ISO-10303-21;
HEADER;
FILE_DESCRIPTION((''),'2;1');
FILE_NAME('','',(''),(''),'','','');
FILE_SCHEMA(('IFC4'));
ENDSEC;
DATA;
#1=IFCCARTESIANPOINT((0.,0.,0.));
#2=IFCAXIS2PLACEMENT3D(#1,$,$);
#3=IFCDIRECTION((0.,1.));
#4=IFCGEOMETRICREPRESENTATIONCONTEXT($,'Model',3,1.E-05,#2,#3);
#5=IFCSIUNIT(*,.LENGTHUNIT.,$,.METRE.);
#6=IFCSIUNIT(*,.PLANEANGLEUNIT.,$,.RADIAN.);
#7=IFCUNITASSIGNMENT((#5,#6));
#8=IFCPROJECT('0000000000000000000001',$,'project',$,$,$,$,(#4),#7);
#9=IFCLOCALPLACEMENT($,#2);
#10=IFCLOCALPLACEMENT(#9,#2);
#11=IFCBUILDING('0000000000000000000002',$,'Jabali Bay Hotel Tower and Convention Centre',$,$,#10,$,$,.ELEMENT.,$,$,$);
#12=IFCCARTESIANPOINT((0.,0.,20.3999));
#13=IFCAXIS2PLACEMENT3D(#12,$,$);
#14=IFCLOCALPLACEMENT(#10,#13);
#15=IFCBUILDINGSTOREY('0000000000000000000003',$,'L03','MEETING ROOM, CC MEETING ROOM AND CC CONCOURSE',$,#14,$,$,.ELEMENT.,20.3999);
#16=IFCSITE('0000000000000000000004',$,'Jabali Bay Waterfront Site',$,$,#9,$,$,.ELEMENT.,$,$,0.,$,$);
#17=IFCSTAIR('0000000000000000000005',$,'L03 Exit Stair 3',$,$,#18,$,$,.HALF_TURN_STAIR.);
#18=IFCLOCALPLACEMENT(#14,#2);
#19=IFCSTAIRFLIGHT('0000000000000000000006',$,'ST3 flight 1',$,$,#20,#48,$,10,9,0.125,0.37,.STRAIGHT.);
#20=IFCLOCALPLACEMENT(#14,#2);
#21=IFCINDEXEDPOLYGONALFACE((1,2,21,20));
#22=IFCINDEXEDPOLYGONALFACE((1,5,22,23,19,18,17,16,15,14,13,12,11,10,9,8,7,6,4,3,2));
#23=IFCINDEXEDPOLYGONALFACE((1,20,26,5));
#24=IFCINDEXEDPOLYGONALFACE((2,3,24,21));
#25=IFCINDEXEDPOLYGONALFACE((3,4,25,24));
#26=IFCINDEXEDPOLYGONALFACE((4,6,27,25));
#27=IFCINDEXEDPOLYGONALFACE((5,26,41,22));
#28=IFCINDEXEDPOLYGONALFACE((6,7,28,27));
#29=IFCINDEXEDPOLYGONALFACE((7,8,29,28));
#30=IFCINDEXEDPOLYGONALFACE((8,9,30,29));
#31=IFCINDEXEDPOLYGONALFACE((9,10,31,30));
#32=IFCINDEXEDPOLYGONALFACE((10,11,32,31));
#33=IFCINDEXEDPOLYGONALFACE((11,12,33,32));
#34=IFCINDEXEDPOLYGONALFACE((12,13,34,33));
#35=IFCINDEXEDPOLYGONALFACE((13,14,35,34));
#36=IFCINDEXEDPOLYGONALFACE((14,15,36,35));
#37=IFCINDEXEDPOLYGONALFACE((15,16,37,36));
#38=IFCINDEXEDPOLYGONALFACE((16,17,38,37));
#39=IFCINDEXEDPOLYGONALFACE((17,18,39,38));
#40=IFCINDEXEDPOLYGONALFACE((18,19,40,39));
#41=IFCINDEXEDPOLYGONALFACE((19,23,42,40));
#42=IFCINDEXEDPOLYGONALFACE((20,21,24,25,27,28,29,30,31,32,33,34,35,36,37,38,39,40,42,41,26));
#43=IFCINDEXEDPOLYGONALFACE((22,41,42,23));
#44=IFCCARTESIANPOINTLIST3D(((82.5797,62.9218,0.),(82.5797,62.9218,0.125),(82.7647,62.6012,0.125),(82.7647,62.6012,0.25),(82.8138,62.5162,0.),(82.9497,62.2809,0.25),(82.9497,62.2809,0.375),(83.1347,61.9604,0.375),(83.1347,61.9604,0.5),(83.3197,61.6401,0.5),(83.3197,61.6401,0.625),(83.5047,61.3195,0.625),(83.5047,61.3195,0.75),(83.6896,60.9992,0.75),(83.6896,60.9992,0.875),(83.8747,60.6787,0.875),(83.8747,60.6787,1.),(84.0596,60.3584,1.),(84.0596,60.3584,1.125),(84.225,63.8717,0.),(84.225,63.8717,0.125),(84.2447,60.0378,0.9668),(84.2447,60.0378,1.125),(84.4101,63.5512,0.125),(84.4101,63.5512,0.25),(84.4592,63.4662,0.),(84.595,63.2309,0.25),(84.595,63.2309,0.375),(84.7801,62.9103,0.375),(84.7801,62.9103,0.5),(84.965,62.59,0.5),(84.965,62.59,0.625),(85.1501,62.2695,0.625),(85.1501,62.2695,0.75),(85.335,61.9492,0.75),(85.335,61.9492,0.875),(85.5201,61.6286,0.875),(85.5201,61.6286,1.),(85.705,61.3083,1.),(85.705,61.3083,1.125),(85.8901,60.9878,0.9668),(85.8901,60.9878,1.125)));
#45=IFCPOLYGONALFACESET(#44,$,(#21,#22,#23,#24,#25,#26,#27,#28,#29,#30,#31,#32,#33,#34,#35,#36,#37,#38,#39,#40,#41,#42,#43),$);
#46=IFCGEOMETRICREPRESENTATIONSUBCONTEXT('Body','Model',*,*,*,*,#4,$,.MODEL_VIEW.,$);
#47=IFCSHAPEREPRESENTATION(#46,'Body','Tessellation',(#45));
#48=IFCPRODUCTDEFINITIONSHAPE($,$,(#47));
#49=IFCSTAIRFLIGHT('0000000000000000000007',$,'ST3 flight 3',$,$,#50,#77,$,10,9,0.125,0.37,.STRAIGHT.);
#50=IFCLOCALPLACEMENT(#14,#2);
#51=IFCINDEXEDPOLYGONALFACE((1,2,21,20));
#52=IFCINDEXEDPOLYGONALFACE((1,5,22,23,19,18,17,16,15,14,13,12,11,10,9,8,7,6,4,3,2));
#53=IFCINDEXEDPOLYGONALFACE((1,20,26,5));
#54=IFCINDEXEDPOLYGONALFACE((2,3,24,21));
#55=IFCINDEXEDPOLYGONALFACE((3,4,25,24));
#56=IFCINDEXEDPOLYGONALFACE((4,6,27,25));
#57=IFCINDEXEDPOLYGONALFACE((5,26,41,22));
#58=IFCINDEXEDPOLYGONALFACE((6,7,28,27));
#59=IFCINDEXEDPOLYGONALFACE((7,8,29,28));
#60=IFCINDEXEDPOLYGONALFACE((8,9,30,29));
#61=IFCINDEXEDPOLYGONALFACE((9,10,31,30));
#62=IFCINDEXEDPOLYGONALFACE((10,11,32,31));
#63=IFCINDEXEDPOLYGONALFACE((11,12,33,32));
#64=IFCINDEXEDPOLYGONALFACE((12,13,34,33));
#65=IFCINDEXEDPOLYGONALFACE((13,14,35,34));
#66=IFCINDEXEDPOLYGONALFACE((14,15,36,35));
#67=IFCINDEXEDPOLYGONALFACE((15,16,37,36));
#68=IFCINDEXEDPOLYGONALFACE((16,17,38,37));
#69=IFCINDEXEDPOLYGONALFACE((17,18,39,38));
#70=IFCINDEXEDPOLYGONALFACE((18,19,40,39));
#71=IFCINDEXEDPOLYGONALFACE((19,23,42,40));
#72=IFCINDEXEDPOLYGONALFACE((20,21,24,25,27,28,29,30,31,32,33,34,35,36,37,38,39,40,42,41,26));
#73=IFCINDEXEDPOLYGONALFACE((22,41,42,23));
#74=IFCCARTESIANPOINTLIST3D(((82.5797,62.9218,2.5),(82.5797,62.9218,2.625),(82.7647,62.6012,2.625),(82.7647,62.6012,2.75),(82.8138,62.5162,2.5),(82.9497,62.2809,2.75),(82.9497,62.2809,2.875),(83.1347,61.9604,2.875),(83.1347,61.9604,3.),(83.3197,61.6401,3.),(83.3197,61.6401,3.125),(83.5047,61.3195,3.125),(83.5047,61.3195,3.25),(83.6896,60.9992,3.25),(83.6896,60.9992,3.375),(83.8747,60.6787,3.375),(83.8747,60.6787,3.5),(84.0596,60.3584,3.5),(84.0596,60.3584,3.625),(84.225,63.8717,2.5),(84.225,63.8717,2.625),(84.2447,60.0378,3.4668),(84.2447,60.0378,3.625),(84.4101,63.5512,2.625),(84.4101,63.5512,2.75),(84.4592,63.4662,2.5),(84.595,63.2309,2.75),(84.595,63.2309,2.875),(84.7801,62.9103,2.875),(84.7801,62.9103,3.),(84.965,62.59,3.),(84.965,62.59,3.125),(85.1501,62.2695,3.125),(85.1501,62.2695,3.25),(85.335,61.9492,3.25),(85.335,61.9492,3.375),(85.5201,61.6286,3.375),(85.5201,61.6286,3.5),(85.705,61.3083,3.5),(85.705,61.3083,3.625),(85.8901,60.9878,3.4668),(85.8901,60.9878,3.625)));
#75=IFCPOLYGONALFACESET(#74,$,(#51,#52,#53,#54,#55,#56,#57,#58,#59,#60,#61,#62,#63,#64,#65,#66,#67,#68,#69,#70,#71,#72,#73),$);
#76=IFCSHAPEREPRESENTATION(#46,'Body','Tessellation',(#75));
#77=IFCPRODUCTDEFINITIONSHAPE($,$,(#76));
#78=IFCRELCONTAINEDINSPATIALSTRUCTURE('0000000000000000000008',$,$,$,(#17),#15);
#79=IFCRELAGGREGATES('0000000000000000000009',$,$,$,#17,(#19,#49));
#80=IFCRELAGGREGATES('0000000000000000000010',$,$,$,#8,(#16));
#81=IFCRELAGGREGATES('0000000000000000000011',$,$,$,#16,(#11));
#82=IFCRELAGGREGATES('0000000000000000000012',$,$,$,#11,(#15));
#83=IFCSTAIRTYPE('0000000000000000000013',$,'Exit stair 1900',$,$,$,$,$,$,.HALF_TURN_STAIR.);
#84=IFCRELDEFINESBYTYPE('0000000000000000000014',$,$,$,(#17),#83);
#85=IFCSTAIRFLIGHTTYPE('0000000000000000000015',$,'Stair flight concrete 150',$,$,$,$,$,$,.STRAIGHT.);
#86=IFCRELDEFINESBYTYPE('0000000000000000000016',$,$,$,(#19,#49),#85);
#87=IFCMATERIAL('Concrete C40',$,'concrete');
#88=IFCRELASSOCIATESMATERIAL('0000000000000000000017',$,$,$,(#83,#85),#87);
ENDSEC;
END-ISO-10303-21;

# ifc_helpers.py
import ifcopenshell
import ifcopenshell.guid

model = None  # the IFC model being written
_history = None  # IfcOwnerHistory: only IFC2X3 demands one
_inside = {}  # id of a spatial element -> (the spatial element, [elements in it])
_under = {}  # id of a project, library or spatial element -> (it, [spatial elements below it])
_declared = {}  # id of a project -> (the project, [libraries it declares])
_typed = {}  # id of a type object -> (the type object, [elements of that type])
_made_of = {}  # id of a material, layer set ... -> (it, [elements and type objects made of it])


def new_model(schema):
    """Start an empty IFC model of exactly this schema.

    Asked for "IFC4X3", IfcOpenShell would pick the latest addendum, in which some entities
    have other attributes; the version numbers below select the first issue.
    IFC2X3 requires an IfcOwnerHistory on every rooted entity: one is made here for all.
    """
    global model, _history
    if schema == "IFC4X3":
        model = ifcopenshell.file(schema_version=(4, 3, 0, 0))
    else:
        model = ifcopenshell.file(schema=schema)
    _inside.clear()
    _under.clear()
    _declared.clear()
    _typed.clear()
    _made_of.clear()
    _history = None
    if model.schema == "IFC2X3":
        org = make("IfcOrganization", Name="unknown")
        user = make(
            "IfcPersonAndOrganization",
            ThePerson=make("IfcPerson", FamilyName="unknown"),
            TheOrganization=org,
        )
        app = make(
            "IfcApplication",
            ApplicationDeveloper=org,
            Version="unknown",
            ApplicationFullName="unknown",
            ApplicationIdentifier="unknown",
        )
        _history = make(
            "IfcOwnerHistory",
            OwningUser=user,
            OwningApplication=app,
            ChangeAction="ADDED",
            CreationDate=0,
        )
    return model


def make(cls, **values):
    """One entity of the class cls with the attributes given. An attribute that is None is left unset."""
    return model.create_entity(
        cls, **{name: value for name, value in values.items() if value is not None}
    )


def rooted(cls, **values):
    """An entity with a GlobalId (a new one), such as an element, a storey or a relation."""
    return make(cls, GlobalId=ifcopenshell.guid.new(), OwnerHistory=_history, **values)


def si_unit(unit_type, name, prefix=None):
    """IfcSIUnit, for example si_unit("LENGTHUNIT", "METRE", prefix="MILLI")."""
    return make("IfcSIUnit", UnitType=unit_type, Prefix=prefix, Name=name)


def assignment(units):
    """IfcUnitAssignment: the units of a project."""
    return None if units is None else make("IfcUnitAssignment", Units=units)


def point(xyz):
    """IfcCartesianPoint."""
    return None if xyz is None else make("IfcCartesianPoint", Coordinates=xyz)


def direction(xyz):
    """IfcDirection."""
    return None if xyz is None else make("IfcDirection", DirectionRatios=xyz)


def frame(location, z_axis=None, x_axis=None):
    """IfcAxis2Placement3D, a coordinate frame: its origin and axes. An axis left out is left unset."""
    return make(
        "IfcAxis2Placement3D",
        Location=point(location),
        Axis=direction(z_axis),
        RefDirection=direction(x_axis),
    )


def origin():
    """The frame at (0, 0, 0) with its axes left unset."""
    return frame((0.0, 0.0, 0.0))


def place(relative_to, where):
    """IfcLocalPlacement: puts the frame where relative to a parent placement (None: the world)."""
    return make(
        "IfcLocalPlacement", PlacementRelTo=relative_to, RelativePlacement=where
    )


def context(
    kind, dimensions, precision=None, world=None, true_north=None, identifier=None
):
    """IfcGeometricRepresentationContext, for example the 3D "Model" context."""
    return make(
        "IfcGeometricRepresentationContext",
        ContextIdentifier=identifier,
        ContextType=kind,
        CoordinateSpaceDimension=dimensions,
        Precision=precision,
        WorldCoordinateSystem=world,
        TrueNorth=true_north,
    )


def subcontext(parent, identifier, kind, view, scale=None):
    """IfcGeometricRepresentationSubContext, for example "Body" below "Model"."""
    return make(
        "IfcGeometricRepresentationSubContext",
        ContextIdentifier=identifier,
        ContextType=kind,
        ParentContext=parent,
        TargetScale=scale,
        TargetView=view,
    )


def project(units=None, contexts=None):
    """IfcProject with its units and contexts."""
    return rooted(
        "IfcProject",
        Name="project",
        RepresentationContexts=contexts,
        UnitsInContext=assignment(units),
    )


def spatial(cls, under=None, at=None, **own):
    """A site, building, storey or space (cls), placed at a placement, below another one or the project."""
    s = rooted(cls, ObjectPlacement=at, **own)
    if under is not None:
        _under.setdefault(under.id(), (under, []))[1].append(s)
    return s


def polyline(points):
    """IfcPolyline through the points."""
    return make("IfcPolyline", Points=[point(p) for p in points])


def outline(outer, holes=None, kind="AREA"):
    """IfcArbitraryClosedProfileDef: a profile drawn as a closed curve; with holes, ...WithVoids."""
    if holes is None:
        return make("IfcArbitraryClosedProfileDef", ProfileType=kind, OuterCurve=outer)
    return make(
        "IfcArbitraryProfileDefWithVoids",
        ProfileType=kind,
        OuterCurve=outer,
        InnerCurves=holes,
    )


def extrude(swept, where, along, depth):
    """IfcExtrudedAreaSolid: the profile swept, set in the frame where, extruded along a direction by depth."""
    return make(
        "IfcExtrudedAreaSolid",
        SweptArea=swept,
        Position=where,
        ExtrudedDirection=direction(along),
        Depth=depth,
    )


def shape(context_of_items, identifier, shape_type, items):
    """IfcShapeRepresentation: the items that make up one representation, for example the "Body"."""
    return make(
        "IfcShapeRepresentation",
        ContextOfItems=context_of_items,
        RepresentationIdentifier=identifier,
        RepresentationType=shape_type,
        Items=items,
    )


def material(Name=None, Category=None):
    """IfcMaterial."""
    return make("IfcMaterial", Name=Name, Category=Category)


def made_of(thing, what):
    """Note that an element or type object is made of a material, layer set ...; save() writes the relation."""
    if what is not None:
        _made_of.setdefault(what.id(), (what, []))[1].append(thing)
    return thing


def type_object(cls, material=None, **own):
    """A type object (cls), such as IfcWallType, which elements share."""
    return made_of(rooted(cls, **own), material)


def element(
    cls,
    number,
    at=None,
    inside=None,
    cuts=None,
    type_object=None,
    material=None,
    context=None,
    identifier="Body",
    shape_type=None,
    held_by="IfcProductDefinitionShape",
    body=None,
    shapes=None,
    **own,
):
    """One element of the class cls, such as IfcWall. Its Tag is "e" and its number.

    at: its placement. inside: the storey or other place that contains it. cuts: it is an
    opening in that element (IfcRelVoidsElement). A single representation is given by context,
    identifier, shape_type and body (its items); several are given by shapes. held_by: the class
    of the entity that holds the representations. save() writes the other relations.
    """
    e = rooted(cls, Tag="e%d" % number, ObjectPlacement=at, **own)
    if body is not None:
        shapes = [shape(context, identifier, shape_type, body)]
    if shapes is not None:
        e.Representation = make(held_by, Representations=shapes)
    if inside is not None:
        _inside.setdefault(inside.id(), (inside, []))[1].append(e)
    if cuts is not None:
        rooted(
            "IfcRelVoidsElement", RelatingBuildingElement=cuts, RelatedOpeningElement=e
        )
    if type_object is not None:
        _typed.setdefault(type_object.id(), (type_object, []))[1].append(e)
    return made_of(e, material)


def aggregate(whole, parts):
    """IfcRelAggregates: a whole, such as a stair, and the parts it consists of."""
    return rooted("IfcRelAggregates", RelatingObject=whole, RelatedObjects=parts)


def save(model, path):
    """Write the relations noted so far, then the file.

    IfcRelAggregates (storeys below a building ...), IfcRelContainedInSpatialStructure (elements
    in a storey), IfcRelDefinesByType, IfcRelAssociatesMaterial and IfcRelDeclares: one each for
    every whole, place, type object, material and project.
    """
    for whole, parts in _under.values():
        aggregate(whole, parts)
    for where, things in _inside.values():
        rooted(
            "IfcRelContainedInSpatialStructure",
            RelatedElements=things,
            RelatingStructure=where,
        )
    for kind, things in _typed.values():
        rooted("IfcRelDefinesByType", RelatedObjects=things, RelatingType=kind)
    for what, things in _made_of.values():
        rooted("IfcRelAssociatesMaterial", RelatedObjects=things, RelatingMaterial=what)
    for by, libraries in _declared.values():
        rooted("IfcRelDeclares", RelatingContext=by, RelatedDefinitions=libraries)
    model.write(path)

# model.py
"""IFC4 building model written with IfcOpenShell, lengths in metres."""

from ifc_helpers import new_model, si_unit, direction, frame, origin, place, context, subcontext, project, spatial, polyline, outline, extrude, material, type_object, element, aggregate, save


model = new_model("IFC4")

# Units and contexts
model_context = context("Model", 3, precision=1e-05, world=origin(), true_north=direction((0.0, 1.0)))
body_context = subcontext(model_context, "Body", "Model", "MODEL_VIEW")
ifc_project = project(units=[si_unit("LENGTHUNIT", "METRE"), si_unit("PLANEANGLEUNIT", "RADIAN")], contexts=[model_context])

# Site, building, storey
site_placement = place(None, origin())
site = spatial("IfcSite", under=ifc_project, at=site_placement, Name="Jabali Bay Waterfront Site", CompositionType="ELEMENT", RefElevation=0.0)
building_placement = place(site_placement, origin())
building = spatial("IfcBuilding", under=site, at=building_placement, Name="Jabali Bay Hotel Tower and Convention Centre", CompositionType="ELEMENT")
storey_placement = place(building_placement, frame((0.0, 0.0, 20.3999)))
storey = spatial("IfcBuildingStorey", under=building, at=storey_placement, Name="L03", Description="MEETING ROOM, CC MEETING ROOM AND CC CONCOURSE", CompositionType="ELEMENT", Elevation=20.3999)

# Shared definitions
ifc_material_1 = material(Name="Concrete C40", Category="concrete")

# Stair, stair flights
stair_type = type_object("IfcStairType", Name="Exit stair 1900", PredefinedType="HALF_TURN_STAIR", material=ifc_material_1)
stair_placement = place(storey_placement, origin())
stair = element("IfcStair", 1, at=stair_placement, inside=storey, type_object=stair_type, Name="L03 Exit Stair 3", PredefinedType="HALF_TURN_STAIR")
stair_flight_type = type_object("IfcStairFlightType", Name="Stair flight concrete 150", PredefinedType="STRAIGHT", material=ifc_material_1)
stair_flight_1_placement = place(storey_placement, frame((83.4023, 63.3967, 0.0), z_axis=(0.0, 0.0, 1.0), x_axis=(0.5, -0.866025, 0.0)))
stair_flight_1 = element("IfcStairFlight", 2, at=stair_flight_1_placement, type_object=stair_flight_type, Name="ST3 flight 1", NumberOfRisers=10, NumberOfTreads=9, PredefinedType="STRAIGHT", RiserHeight=0.125, TreadLength=0.37, context=body_context, shape_type="SweptSolid", body=[
    extrude(outline(polyline([(0.0, 0.0), (0.0, 0.125), (0.3701, 0.125), (0.3701, 0.25), (0.74, 0.25), (0.74, 0.375), (1.1101, 0.375), (1.1101, 0.5), (1.48, 0.5), (1.48, 0.625), (1.8501, 0.625), (1.8501, 0.75), (2.22, 0.75), (2.22, 0.875), (2.5901, 0.875), (2.5901, 1.0), (2.96, 1.0), (2.96, 1.125), (3.3301, 1.125), (3.3301, 1.25), (3.3301, 0.9668), (0.4683, 0.0), (0.0, 0.0)])), frame((0.0, 0.95, 0.0), z_axis=(0.0, -1.0, 0.0), x_axis=(1.0, 0.0, 0.0)), (0.0, 0.0, 1.0), 1.8999),
])
stair_flight_2_placement = place(storey_placement, frame((83.4023, 63.3967, 2.5), z_axis=(0.0, 0.0, 1.0), x_axis=(0.5, -0.866025, 0.0)))
stair_flight_2 = element("IfcStairFlight", 3, at=stair_flight_2_placement, type_object=stair_flight_type, Name="ST3 flight 3", NumberOfRisers=10, NumberOfTreads=9, PredefinedType="STRAIGHT", RiserHeight=0.125, TreadLength=0.37, context=body_context, shape_type="SweptSolid", body=[
    extrude(outline(polyline([(0.0, 0.0), (0.0, 0.125), (0.3701, 0.125), (0.3701, 0.25), (0.74, 0.25), (0.74, 0.375), (1.1101, 0.375), (1.1101, 0.5), (1.48, 0.5), (1.48, 0.625), (1.8501, 0.625), (1.8501, 0.75), (2.22, 0.75), (2.22, 0.875), (2.5901, 0.875), (2.5901, 1.0), (2.96, 1.0), (2.96, 1.125), (3.3301, 1.125), (3.3301, 1.25), (3.3301, 0.9668), (0.4683, 0.0), (0.0, 0.0)])), frame((0.0, 0.95, 0.0), z_axis=(0.0, -1.0, 0.0), x_axis=(1.0, 0.0, 0.0)), (0.0, 0.0, 1.0), 1.8999),
])
aggregate(stair, [stair_flight_1, stair_flight_2])

save(model, "model.ifc")
